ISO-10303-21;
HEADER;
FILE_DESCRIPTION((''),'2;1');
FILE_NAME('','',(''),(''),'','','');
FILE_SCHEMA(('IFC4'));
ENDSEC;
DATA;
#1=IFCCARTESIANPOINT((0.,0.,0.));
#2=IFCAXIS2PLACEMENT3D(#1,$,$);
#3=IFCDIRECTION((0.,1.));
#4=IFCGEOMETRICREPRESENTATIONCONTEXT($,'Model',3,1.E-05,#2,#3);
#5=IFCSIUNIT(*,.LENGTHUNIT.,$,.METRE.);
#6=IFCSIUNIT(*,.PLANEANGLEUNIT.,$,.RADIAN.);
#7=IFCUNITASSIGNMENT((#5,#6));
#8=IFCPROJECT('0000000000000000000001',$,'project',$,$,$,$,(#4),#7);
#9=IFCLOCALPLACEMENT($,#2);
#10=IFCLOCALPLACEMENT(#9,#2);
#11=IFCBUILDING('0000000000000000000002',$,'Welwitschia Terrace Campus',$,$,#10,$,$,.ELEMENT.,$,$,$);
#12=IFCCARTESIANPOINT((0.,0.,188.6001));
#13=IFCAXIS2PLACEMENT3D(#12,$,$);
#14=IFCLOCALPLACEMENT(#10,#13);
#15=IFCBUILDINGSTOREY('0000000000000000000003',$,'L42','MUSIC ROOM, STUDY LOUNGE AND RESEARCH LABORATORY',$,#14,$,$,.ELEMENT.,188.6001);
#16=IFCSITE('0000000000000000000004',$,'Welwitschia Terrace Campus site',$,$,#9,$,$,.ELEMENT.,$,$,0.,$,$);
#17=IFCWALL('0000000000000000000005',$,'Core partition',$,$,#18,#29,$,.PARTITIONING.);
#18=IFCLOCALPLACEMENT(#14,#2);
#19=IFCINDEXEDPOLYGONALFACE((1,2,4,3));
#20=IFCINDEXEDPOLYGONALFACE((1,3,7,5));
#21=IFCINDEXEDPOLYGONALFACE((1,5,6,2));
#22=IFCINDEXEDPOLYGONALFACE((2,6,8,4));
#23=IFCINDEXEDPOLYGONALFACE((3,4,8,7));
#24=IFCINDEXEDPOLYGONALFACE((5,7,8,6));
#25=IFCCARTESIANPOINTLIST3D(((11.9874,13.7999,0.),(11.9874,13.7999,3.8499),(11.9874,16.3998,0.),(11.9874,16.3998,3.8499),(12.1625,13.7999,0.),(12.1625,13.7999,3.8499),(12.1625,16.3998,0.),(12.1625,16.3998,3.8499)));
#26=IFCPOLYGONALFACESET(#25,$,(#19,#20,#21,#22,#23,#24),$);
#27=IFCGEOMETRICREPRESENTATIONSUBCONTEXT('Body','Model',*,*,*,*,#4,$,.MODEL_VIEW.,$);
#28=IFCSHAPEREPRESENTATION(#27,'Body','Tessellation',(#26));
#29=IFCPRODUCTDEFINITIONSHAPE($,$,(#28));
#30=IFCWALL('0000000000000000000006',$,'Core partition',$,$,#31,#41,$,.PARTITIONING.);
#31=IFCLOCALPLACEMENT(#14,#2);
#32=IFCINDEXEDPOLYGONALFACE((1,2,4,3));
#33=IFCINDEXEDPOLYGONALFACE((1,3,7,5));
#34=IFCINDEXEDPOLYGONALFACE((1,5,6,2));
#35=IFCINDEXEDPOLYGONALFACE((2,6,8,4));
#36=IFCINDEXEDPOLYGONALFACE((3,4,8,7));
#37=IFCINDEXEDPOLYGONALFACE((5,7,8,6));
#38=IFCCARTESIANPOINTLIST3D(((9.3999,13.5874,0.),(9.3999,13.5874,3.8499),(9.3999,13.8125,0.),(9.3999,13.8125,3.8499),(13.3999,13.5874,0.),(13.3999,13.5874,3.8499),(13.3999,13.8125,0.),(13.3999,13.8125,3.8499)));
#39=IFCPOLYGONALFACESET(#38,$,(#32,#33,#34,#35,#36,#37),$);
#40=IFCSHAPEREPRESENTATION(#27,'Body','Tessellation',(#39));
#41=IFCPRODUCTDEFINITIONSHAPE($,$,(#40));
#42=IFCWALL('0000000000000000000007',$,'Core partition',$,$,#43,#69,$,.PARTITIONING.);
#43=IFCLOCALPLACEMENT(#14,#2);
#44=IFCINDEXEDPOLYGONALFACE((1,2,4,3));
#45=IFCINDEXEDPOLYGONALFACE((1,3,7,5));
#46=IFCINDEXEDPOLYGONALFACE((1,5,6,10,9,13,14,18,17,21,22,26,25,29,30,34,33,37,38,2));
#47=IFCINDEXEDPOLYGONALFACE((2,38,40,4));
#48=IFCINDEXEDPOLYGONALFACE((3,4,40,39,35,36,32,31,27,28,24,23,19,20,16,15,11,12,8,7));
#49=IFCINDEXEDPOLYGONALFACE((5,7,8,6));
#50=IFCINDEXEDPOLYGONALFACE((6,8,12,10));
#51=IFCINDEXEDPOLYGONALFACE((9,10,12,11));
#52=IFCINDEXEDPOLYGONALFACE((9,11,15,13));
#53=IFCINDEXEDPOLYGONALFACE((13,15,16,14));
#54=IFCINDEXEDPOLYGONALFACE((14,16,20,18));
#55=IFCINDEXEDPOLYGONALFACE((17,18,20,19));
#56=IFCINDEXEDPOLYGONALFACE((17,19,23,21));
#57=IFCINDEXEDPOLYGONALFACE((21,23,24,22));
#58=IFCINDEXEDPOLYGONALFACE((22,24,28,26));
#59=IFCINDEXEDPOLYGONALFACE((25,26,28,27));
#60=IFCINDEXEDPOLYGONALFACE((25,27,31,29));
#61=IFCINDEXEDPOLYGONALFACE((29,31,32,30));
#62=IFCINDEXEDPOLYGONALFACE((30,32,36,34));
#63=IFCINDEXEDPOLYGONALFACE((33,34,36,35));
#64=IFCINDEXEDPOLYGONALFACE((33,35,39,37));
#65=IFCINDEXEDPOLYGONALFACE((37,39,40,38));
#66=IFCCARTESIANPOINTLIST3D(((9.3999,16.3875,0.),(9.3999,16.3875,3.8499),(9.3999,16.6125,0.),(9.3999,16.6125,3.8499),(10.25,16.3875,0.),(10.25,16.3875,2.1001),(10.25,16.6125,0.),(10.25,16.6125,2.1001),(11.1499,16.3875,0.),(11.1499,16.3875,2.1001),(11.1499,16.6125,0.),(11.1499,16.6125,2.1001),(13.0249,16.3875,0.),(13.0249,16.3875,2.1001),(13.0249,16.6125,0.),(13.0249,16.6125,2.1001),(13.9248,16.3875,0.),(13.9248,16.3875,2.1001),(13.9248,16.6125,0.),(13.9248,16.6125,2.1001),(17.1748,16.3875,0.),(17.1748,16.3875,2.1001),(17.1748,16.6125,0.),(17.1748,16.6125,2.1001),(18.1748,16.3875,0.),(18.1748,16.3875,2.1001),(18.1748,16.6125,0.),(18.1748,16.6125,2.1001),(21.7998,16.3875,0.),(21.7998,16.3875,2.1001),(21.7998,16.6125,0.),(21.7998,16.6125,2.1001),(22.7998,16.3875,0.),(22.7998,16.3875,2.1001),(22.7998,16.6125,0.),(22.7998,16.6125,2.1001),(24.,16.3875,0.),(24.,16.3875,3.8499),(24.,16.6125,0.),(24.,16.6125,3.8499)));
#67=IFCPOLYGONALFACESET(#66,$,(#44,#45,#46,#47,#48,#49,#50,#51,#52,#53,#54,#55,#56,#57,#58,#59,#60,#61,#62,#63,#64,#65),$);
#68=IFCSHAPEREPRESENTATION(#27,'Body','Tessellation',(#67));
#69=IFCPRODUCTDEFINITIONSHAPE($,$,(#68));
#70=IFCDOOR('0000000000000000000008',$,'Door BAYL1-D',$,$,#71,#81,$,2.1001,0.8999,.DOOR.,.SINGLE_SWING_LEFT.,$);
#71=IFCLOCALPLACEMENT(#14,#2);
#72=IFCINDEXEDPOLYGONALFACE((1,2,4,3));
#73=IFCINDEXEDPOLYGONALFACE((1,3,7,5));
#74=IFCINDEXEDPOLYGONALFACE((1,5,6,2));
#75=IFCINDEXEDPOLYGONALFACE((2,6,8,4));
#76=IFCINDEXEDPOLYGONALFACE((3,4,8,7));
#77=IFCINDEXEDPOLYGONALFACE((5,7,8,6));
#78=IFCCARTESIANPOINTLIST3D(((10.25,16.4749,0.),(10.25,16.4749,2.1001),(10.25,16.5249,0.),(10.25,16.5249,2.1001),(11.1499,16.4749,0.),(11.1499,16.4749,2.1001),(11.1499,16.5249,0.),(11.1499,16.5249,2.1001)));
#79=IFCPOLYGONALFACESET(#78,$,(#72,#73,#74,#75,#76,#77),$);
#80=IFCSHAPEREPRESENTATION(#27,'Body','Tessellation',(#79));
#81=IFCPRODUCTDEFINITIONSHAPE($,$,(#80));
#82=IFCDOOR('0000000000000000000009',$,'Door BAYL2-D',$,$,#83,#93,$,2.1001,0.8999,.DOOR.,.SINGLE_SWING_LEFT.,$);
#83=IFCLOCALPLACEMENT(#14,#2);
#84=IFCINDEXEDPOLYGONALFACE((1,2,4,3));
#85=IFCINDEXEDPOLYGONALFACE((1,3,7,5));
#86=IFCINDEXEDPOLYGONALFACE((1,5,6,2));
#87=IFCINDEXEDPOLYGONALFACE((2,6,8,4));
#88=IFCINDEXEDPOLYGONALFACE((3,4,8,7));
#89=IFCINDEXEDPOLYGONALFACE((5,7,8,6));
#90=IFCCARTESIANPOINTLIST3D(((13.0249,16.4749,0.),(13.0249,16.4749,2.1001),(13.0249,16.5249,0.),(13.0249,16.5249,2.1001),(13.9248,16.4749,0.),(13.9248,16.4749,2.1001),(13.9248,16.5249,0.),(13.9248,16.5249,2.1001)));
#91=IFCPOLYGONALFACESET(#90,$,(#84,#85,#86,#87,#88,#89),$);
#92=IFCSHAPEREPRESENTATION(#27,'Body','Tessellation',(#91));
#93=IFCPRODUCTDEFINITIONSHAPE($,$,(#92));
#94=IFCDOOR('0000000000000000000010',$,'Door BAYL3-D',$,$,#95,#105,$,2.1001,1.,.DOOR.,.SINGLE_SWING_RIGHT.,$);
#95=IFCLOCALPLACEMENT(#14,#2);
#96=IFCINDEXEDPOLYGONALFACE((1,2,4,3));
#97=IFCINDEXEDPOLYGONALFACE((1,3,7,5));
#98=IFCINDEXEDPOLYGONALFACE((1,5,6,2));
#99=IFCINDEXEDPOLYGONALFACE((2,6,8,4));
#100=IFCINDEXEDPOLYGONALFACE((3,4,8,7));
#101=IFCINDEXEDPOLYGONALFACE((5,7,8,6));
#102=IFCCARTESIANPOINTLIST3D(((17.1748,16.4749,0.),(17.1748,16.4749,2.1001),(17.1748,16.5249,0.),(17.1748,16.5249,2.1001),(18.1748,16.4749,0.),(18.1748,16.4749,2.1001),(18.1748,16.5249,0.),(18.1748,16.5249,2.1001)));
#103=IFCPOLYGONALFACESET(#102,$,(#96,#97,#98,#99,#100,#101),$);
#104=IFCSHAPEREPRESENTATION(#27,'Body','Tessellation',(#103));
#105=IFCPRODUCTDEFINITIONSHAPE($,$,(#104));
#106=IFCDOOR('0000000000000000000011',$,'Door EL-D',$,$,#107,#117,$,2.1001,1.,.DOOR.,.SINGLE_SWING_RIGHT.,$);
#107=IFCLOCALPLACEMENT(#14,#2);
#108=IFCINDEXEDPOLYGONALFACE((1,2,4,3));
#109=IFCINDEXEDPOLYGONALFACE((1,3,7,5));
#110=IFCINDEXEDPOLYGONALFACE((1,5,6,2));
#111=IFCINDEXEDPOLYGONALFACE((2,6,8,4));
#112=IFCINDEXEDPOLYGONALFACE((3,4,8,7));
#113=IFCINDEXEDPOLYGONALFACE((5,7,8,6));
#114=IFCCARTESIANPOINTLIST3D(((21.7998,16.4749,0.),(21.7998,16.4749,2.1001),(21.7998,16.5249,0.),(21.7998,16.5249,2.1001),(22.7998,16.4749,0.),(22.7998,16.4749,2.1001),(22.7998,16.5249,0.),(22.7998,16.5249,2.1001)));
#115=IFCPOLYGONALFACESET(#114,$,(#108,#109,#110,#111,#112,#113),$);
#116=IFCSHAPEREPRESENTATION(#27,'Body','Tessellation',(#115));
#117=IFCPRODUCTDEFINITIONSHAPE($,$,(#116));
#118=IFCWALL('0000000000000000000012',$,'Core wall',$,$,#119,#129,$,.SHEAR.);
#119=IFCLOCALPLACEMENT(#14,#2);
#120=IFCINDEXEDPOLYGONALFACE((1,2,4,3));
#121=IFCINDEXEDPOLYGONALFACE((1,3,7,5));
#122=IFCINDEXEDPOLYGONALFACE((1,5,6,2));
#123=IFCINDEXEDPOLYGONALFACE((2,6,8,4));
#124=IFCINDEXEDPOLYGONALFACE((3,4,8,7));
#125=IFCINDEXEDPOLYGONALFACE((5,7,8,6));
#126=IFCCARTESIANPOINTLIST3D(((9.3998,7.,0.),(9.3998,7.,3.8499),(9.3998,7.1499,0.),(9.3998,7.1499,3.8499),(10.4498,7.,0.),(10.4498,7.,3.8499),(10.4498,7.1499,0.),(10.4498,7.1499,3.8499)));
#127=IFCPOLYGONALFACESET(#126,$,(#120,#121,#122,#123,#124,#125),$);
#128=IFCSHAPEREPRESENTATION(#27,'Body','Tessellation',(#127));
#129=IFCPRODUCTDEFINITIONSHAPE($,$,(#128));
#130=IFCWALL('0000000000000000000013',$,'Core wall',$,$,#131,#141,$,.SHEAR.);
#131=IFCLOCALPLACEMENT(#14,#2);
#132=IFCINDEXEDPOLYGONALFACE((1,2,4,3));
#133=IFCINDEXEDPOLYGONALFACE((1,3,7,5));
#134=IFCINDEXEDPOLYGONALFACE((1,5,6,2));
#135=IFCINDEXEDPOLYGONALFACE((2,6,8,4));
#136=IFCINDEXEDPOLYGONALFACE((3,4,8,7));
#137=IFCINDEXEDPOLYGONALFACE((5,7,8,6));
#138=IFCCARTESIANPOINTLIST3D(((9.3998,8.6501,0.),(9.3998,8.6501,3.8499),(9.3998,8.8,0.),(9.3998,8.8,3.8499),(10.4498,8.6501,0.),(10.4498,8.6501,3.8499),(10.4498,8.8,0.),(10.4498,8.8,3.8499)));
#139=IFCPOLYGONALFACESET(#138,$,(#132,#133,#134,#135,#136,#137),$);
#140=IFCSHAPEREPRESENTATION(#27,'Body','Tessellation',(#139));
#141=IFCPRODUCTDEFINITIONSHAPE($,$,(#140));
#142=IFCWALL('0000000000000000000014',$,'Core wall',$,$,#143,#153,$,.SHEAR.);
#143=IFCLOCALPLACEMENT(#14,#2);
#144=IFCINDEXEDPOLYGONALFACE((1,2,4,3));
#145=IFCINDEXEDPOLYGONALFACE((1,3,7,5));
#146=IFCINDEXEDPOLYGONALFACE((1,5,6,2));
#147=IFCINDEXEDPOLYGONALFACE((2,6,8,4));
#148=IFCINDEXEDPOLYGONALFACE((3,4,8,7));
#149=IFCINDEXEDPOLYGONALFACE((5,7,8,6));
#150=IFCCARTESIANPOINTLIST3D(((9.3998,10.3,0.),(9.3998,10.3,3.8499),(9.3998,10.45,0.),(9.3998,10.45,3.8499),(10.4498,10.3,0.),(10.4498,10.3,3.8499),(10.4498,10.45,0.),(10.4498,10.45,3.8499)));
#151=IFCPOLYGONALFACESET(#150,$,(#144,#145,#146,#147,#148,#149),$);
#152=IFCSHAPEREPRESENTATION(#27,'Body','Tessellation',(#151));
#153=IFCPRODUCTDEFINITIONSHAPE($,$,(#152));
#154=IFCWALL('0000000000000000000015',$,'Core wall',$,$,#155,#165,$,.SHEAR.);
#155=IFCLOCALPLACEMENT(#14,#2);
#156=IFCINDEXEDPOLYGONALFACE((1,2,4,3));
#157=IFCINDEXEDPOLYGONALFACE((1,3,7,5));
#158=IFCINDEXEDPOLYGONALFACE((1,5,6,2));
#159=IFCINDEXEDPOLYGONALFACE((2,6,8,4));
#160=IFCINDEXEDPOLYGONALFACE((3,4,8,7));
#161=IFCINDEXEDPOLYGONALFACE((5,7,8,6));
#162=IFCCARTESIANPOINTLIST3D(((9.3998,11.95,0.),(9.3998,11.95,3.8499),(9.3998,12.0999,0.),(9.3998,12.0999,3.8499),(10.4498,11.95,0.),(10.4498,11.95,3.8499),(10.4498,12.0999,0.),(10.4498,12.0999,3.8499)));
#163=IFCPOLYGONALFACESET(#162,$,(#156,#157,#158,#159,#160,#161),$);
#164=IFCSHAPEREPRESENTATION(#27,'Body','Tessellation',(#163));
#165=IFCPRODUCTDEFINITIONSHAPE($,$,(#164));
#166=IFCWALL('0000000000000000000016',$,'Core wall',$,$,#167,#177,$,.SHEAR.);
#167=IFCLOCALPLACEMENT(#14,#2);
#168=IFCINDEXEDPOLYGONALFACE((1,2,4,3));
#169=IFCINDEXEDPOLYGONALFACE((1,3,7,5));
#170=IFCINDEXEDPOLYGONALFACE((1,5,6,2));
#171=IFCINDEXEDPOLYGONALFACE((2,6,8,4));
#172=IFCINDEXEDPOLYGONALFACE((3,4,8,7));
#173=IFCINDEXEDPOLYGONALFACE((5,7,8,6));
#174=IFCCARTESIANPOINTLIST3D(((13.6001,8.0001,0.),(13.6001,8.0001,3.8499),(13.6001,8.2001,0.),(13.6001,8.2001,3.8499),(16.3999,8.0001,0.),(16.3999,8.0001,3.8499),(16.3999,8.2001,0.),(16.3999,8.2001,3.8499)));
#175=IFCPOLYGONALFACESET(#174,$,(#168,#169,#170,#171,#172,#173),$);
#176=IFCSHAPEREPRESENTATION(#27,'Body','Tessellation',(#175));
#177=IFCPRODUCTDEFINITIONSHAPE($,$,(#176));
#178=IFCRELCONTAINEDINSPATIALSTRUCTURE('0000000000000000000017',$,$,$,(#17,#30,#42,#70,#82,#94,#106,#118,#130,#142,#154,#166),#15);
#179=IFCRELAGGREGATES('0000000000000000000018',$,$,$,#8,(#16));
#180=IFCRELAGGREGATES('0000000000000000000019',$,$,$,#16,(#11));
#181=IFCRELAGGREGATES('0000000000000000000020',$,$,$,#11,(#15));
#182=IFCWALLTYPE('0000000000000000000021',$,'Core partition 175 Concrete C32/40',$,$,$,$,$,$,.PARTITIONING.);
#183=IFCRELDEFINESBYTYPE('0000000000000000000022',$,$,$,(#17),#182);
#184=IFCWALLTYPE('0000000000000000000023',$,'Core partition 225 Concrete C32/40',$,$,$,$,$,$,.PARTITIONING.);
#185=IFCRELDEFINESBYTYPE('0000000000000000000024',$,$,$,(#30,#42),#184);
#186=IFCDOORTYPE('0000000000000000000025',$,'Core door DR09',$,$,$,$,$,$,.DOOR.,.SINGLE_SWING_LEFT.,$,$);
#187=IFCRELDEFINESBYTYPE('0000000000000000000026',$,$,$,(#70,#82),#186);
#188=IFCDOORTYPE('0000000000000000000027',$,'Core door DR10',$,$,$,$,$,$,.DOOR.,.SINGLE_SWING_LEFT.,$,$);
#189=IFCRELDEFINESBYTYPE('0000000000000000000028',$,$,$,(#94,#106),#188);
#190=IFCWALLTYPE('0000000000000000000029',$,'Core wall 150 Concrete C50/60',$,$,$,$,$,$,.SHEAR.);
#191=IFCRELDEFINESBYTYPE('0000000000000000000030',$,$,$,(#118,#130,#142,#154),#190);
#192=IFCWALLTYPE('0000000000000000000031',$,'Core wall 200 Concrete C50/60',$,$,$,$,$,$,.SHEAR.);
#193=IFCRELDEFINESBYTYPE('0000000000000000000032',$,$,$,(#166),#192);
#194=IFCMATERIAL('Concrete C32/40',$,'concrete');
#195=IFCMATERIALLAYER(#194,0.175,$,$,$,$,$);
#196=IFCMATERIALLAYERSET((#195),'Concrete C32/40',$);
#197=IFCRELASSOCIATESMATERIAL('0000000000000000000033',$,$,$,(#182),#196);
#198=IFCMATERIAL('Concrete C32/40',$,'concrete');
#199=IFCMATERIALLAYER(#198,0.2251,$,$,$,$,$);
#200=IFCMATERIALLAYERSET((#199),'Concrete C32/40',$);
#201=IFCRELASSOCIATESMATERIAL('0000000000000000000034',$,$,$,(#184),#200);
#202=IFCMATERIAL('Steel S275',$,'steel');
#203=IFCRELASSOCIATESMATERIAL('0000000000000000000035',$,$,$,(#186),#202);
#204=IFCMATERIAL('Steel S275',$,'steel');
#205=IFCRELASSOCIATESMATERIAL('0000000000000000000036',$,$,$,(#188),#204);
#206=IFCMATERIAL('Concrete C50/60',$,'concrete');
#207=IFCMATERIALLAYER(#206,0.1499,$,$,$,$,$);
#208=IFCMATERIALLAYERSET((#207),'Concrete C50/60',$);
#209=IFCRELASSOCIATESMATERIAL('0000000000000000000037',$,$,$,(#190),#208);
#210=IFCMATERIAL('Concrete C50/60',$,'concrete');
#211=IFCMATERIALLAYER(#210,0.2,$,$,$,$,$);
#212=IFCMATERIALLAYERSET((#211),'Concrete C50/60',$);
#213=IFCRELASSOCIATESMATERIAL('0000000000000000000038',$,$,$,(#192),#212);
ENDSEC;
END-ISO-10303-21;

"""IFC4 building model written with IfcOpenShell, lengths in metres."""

from ifc_helpers import new_model, si_unit, direction, frame, frame_2d, origin, place, context, subcontext, project, spatial, rectangle, extrude, material, layer, layer_set, type_object, element, fill, save


model = new_model("IFC4")

# Units and contexts
model_context = context("Model", 3, precision=1e-05, world=origin(), true_north=direction((0.0, 1.0)))
body_context = subcontext(model_context, "Body", "Model", "MODEL_VIEW")
ifc_project = project(units=[si_unit("LENGTHUNIT", "METRE"), si_unit("PLANEANGLEUNIT", "RADIAN")], contexts=[model_context])

# Site, building, storey
site_placement = place(None, origin())
site = spatial("IfcSite", under=ifc_project, at=site_placement, Name="Welwitschia Terrace Campus site", CompositionType="ELEMENT", RefElevation=0.0)
building_placement = place(site_placement, origin())
building = spatial("IfcBuilding", under=site, at=building_placement, Name="Welwitschia Terrace Campus", CompositionType="ELEMENT")
storey_placement = place(building_placement, frame((0.0, 0.0, 188.6001)))
storey = spatial("IfcBuildingStorey", under=building, at=storey_placement, Name="L42", Description="MUSIC ROOM, STUDY LOUNGE AND RESEARCH LABORATORY", CompositionType="ELEMENT", Elevation=188.6001)

# Walls
ifc_material_1 = material(Name="Concrete C32/40", Category="concrete")
ifc_layer_1 = layer(ifc_material_1, 0.175)
ifc_layer_set_1 = layer_set([ifc_layer_1], Name="Concrete C32/40")
wall_type_1 = type_object("IfcWallType", Name="Core partition 175 Concrete C32/40", PredefinedType="PARTITIONING", material=ifc_layer_set_1)
wall_1_placement = place(storey_placement, frame((12.075, 13.8, 0.0), z_axis=(0.0, 0.0, 1.0), x_axis=(0.0, 1.0, 0.0)))
element("IfcWall", 1, at=wall_1_placement, inside=storey, type_object=wall_type_1, Name="Core partition", PredefinedType="PARTITIONING", context=body_context, shape_type="SweptSolid", body=[
    extrude(rectangle(XDim=2.5999, YDim=0.175, at=frame_2d((1.2998, 0.0))), origin(), (0.0, 0.0, 1.0), 3.8499),
])
ifc_material_2 = material(Name="Concrete C32/40", Category="concrete")
ifc_layer_2 = layer(ifc_material_2, 0.2251)
ifc_layer_set_2 = layer_set([ifc_layer_2], Name="Concrete C32/40")
wall_type_2 = type_object("IfcWallType", Name="Core partition 225 Concrete C32/40", PredefinedType="PARTITIONING", material=ifc_layer_set_2)
wall_2_placement = place(storey_placement, frame((9.3999, 13.7, 0.0), z_axis=(0.0, 0.0, 1.0), x_axis=(1.0, 0.0, 0.0)))
element("IfcWall", 2, at=wall_2_placement, inside=storey, type_object=wall_type_2, Name="Core partition", PredefinedType="PARTITIONING", context=body_context, shape_type="SweptSolid", body=[
    extrude(rectangle(XDim=4.0, YDim=0.2251, at=frame_2d((2.0, 0.0))), origin(), (0.0, 0.0, 1.0), 3.8499),
])

# Wall, openings, doors
wall_3_placement = place(storey_placement, frame((9.3999, 16.5, 0.0), z_axis=(0.0, 0.0, 1.0), x_axis=(1.0, 0.0, 0.0)))
wall_3 = element("IfcWall", 3, at=wall_3_placement, inside=storey, type_object=wall_type_2, Name="Core partition", PredefinedType="PARTITIONING", context=body_context, shape_type="SweptSolid", body=[
    extrude(rectangle(XDim=14.6001, YDim=0.2251, at=frame_2d((7.3, 0.0))), origin(), (0.0, 0.0, 1.0), 3.8499),
])
opening_1_placement = place(wall_3_placement, frame((0.8501, 0.0, 0.0)))
opening_1 = element("IfcOpeningElement", 4, at=opening_1_placement, cuts=wall_3, PredefinedType="OPENING", context=body_context, shape_type="SweptSolid", body=[
    extrude(rectangle(XDim=0.8999, YDim=2.1001, at=frame_2d((0.45, 1.05))), frame((0.0, 0.1226, 0.0), z_axis=(0.0, -1.0, 0.0), x_axis=(1.0, 0.0, 0.0)), (0.0, 0.0, 1.0), 0.2451),
])
opening_2_placement = place(wall_3_placement, frame((3.625, 0.0, 0.0)))
opening_2 = element("IfcOpeningElement", 5, at=opening_2_placement, cuts=wall_3, PredefinedType="OPENING", context=body_context, shape_type="SweptSolid", body=[
    extrude(rectangle(XDim=0.8999, YDim=2.1001, at=frame_2d((0.45, 1.05))), frame((0.0, 0.1226, 0.0), z_axis=(0.0, -1.0, 0.0), x_axis=(1.0, 0.0, 0.0)), (0.0, 0.0, 1.0), 0.2451),
])
opening_3_placement = place(wall_3_placement, frame((7.7749, 0.0, 0.0)))
opening_3 = element("IfcOpeningElement", 6, at=opening_3_placement, cuts=wall_3, PredefinedType="OPENING", context=body_context, shape_type="SweptSolid", body=[
    extrude(rectangle(XDim=1.0, YDim=2.1001, at=frame_2d((0.5, 1.05))), frame((0.0, 0.1226, 0.0), z_axis=(0.0, -1.0, 0.0), x_axis=(1.0, 0.0, 0.0)), (0.0, 0.0, 1.0), 0.2451),
])
opening_4_placement = place(wall_3_placement, frame((12.3999, 0.0, 0.0)))
opening_4 = element("IfcOpeningElement", 7, at=opening_4_placement, cuts=wall_3, PredefinedType="OPENING", context=body_context, shape_type="SweptSolid", body=[
    extrude(rectangle(XDim=1.0, YDim=2.1001, at=frame_2d((0.5, 1.05))), frame((0.0, 0.1226, 0.0), z_axis=(0.0, -1.0, 0.0), x_axis=(1.0, 0.0, 0.0)), (0.0, 0.0, 1.0), 0.2451),
])
ifc_material_3 = material(Name="Steel S275", Category="steel")
door_type_1 = type_object("IfcDoorType", Name="Core door DR09", OperationType="SINGLE_SWING_LEFT", PredefinedType="DOOR", material=ifc_material_3)
door_1_placement = place(opening_1_placement, origin())
door_1 = element("IfcDoor", 8, at=door_1_placement, inside=storey, type_object=door_type_1, Name="Door BAYL1-D", OperationType="SINGLE_SWING_LEFT", OverallHeight=2.1001, OverallWidth=0.8999, PredefinedType="DOOR", context=body_context, shape_type="SweptSolid", body=[
    extrude(rectangle(XDim=0.8999, YDim=2.1001, at=frame_2d((0.45, 1.05))), frame((0.0, 0.0249, 0.0), z_axis=(0.0, -1.0, 0.0), x_axis=(1.0, 0.0, 0.0)), (0.0, 0.0, 1.0), 0.05),
])
fill(opening_1, door_1)
door_2_placement = place(opening_2_placement, origin())
door_2 = element("IfcDoor", 9, at=door_2_placement, inside=storey, type_object=door_type_1, Name="Door BAYL2-D", OperationType="SINGLE_SWING_LEFT", OverallHeight=2.1001, OverallWidth=0.8999, PredefinedType="DOOR", context=body_context, shape_type="SweptSolid", body=[
    extrude(rectangle(XDim=0.8999, YDim=2.1001, at=frame_2d((0.45, 1.05))), frame((0.0, 0.0249, 0.0), z_axis=(0.0, -1.0, 0.0), x_axis=(1.0, 0.0, 0.0)), (0.0, 0.0, 1.0), 0.05),
])
fill(opening_2, door_2)
ifc_material_4 = material(Name="Steel S275", Category="steel")
door_type_2 = type_object("IfcDoorType", Name="Core door DR10", OperationType="SINGLE_SWING_LEFT", PredefinedType="DOOR", material=ifc_material_4)
door_3_placement = place(opening_3_placement, origin())
door_3 = element("IfcDoor", 10, at=door_3_placement, inside=storey, type_object=door_type_2, Name="Door BAYL3-D", OperationType="SINGLE_SWING_RIGHT", OverallHeight=2.1001, OverallWidth=1.0, PredefinedType="DOOR", context=body_context, shape_type="SweptSolid", body=[
    extrude(rectangle(XDim=1.0, YDim=2.1001, at=frame_2d((0.5, 1.05))), frame((0.0, 0.0249, 0.0), z_axis=(0.0, -1.0, 0.0), x_axis=(1.0, 0.0, 0.0)), (0.0, 0.0, 1.0), 0.05),
])
fill(opening_3, door_3)
door_4_placement = place(opening_4_placement, origin())
door_4 = element("IfcDoor", 11, at=door_4_placement, inside=storey, type_object=door_type_2, Name="Door EL-D", OperationType="SINGLE_SWING_RIGHT", OverallHeight=2.1001, OverallWidth=1.0, PredefinedType="DOOR", context=body_context, shape_type="SweptSolid", body=[
    extrude(rectangle(XDim=1.0, YDim=2.1001, at=frame_2d((0.5, 1.05))), frame((0.0, 0.0249, 0.0), z_axis=(0.0, -1.0, 0.0), x_axis=(1.0, 0.0, 0.0)), (0.0, 0.0, 1.0), 0.05),
])
fill(opening_4, door_4)

# Walls
ifc_material_5 = material(Name="Concrete C50/60", Category="concrete")
ifc_layer_3 = layer(ifc_material_5, 0.1499)
ifc_layer_set_3 = layer_set([ifc_layer_3], Name="Concrete C50/60")
wall_type_3 = type_object("IfcWallType", Name="Core wall 150 Concrete C50/60", PredefinedType="SHEAR", material=ifc_layer_set_3)
for number, where, z_axis, x_axis, name in (
    (12, (9.3999, 7.075, 0.0), (0.0, 0.0, 1.0), (1.0, 0.0, 0.0), "Core wall"),
    (13, (9.3999, 8.7251, 0.0), (0.0, 0.0, 1.0), (1.0, 0.0, 0.0), "Core wall"),
    (14, (9.3999, 10.375, 0.0), (0.0, 0.0, 1.0), (1.0, 0.0, 0.0), "Core wall"),
    (15, (9.3999, 12.0249, 0.0), (0.0, 0.0, 1.0), (1.0, 0.0, 0.0), "Core wall"),
):
    element("IfcWall", number, at=place(storey_placement, frame(where, z_axis=z_axis, x_axis=x_axis)), inside=storey, type_object=wall_type_3, Name=name, PredefinedType="SHEAR", context=body_context, shape_type="SweptSolid", body=[
        extrude(rectangle(XDim=1.05, YDim=0.1499, at=frame_2d((0.5249, 0.0))), origin(), (0.0, 0.0, 1.0), 3.8499),
    ])
ifc_material_6 = material(Name="Concrete C50/60", Category="concrete")
ifc_layer_4 = layer(ifc_material_6, 0.2)
ifc_layer_set_4 = layer_set([ifc_layer_4], Name="Concrete C50/60")
wall_type_4 = type_object("IfcWallType", Name="Core wall 200 Concrete C50/60", PredefinedType="SHEAR", material=ifc_layer_set_4)
for number, where, z_axis, x_axis, name in (
    (16, (13.6001, 8.1001, 0.0), (0.0, 0.0, 1.0), (1.0, 0.0, 0.0), "Core wall"),
):
    element("IfcWall", number, at=place(storey_placement, frame(where, z_axis=z_axis, x_axis=x_axis)), inside=storey, type_object=wall_type_4, Name=name, PredefinedType="SHEAR", context=body_context, shape_type="SweptSolid", body=[
        extrude(rectangle(XDim=2.7998, YDim=0.2, at=frame_2d((1.3999, 0.0))), origin(), (0.0, 0.0, 1.0), 3.8499),
    ])

save(model, "model.ifc")
